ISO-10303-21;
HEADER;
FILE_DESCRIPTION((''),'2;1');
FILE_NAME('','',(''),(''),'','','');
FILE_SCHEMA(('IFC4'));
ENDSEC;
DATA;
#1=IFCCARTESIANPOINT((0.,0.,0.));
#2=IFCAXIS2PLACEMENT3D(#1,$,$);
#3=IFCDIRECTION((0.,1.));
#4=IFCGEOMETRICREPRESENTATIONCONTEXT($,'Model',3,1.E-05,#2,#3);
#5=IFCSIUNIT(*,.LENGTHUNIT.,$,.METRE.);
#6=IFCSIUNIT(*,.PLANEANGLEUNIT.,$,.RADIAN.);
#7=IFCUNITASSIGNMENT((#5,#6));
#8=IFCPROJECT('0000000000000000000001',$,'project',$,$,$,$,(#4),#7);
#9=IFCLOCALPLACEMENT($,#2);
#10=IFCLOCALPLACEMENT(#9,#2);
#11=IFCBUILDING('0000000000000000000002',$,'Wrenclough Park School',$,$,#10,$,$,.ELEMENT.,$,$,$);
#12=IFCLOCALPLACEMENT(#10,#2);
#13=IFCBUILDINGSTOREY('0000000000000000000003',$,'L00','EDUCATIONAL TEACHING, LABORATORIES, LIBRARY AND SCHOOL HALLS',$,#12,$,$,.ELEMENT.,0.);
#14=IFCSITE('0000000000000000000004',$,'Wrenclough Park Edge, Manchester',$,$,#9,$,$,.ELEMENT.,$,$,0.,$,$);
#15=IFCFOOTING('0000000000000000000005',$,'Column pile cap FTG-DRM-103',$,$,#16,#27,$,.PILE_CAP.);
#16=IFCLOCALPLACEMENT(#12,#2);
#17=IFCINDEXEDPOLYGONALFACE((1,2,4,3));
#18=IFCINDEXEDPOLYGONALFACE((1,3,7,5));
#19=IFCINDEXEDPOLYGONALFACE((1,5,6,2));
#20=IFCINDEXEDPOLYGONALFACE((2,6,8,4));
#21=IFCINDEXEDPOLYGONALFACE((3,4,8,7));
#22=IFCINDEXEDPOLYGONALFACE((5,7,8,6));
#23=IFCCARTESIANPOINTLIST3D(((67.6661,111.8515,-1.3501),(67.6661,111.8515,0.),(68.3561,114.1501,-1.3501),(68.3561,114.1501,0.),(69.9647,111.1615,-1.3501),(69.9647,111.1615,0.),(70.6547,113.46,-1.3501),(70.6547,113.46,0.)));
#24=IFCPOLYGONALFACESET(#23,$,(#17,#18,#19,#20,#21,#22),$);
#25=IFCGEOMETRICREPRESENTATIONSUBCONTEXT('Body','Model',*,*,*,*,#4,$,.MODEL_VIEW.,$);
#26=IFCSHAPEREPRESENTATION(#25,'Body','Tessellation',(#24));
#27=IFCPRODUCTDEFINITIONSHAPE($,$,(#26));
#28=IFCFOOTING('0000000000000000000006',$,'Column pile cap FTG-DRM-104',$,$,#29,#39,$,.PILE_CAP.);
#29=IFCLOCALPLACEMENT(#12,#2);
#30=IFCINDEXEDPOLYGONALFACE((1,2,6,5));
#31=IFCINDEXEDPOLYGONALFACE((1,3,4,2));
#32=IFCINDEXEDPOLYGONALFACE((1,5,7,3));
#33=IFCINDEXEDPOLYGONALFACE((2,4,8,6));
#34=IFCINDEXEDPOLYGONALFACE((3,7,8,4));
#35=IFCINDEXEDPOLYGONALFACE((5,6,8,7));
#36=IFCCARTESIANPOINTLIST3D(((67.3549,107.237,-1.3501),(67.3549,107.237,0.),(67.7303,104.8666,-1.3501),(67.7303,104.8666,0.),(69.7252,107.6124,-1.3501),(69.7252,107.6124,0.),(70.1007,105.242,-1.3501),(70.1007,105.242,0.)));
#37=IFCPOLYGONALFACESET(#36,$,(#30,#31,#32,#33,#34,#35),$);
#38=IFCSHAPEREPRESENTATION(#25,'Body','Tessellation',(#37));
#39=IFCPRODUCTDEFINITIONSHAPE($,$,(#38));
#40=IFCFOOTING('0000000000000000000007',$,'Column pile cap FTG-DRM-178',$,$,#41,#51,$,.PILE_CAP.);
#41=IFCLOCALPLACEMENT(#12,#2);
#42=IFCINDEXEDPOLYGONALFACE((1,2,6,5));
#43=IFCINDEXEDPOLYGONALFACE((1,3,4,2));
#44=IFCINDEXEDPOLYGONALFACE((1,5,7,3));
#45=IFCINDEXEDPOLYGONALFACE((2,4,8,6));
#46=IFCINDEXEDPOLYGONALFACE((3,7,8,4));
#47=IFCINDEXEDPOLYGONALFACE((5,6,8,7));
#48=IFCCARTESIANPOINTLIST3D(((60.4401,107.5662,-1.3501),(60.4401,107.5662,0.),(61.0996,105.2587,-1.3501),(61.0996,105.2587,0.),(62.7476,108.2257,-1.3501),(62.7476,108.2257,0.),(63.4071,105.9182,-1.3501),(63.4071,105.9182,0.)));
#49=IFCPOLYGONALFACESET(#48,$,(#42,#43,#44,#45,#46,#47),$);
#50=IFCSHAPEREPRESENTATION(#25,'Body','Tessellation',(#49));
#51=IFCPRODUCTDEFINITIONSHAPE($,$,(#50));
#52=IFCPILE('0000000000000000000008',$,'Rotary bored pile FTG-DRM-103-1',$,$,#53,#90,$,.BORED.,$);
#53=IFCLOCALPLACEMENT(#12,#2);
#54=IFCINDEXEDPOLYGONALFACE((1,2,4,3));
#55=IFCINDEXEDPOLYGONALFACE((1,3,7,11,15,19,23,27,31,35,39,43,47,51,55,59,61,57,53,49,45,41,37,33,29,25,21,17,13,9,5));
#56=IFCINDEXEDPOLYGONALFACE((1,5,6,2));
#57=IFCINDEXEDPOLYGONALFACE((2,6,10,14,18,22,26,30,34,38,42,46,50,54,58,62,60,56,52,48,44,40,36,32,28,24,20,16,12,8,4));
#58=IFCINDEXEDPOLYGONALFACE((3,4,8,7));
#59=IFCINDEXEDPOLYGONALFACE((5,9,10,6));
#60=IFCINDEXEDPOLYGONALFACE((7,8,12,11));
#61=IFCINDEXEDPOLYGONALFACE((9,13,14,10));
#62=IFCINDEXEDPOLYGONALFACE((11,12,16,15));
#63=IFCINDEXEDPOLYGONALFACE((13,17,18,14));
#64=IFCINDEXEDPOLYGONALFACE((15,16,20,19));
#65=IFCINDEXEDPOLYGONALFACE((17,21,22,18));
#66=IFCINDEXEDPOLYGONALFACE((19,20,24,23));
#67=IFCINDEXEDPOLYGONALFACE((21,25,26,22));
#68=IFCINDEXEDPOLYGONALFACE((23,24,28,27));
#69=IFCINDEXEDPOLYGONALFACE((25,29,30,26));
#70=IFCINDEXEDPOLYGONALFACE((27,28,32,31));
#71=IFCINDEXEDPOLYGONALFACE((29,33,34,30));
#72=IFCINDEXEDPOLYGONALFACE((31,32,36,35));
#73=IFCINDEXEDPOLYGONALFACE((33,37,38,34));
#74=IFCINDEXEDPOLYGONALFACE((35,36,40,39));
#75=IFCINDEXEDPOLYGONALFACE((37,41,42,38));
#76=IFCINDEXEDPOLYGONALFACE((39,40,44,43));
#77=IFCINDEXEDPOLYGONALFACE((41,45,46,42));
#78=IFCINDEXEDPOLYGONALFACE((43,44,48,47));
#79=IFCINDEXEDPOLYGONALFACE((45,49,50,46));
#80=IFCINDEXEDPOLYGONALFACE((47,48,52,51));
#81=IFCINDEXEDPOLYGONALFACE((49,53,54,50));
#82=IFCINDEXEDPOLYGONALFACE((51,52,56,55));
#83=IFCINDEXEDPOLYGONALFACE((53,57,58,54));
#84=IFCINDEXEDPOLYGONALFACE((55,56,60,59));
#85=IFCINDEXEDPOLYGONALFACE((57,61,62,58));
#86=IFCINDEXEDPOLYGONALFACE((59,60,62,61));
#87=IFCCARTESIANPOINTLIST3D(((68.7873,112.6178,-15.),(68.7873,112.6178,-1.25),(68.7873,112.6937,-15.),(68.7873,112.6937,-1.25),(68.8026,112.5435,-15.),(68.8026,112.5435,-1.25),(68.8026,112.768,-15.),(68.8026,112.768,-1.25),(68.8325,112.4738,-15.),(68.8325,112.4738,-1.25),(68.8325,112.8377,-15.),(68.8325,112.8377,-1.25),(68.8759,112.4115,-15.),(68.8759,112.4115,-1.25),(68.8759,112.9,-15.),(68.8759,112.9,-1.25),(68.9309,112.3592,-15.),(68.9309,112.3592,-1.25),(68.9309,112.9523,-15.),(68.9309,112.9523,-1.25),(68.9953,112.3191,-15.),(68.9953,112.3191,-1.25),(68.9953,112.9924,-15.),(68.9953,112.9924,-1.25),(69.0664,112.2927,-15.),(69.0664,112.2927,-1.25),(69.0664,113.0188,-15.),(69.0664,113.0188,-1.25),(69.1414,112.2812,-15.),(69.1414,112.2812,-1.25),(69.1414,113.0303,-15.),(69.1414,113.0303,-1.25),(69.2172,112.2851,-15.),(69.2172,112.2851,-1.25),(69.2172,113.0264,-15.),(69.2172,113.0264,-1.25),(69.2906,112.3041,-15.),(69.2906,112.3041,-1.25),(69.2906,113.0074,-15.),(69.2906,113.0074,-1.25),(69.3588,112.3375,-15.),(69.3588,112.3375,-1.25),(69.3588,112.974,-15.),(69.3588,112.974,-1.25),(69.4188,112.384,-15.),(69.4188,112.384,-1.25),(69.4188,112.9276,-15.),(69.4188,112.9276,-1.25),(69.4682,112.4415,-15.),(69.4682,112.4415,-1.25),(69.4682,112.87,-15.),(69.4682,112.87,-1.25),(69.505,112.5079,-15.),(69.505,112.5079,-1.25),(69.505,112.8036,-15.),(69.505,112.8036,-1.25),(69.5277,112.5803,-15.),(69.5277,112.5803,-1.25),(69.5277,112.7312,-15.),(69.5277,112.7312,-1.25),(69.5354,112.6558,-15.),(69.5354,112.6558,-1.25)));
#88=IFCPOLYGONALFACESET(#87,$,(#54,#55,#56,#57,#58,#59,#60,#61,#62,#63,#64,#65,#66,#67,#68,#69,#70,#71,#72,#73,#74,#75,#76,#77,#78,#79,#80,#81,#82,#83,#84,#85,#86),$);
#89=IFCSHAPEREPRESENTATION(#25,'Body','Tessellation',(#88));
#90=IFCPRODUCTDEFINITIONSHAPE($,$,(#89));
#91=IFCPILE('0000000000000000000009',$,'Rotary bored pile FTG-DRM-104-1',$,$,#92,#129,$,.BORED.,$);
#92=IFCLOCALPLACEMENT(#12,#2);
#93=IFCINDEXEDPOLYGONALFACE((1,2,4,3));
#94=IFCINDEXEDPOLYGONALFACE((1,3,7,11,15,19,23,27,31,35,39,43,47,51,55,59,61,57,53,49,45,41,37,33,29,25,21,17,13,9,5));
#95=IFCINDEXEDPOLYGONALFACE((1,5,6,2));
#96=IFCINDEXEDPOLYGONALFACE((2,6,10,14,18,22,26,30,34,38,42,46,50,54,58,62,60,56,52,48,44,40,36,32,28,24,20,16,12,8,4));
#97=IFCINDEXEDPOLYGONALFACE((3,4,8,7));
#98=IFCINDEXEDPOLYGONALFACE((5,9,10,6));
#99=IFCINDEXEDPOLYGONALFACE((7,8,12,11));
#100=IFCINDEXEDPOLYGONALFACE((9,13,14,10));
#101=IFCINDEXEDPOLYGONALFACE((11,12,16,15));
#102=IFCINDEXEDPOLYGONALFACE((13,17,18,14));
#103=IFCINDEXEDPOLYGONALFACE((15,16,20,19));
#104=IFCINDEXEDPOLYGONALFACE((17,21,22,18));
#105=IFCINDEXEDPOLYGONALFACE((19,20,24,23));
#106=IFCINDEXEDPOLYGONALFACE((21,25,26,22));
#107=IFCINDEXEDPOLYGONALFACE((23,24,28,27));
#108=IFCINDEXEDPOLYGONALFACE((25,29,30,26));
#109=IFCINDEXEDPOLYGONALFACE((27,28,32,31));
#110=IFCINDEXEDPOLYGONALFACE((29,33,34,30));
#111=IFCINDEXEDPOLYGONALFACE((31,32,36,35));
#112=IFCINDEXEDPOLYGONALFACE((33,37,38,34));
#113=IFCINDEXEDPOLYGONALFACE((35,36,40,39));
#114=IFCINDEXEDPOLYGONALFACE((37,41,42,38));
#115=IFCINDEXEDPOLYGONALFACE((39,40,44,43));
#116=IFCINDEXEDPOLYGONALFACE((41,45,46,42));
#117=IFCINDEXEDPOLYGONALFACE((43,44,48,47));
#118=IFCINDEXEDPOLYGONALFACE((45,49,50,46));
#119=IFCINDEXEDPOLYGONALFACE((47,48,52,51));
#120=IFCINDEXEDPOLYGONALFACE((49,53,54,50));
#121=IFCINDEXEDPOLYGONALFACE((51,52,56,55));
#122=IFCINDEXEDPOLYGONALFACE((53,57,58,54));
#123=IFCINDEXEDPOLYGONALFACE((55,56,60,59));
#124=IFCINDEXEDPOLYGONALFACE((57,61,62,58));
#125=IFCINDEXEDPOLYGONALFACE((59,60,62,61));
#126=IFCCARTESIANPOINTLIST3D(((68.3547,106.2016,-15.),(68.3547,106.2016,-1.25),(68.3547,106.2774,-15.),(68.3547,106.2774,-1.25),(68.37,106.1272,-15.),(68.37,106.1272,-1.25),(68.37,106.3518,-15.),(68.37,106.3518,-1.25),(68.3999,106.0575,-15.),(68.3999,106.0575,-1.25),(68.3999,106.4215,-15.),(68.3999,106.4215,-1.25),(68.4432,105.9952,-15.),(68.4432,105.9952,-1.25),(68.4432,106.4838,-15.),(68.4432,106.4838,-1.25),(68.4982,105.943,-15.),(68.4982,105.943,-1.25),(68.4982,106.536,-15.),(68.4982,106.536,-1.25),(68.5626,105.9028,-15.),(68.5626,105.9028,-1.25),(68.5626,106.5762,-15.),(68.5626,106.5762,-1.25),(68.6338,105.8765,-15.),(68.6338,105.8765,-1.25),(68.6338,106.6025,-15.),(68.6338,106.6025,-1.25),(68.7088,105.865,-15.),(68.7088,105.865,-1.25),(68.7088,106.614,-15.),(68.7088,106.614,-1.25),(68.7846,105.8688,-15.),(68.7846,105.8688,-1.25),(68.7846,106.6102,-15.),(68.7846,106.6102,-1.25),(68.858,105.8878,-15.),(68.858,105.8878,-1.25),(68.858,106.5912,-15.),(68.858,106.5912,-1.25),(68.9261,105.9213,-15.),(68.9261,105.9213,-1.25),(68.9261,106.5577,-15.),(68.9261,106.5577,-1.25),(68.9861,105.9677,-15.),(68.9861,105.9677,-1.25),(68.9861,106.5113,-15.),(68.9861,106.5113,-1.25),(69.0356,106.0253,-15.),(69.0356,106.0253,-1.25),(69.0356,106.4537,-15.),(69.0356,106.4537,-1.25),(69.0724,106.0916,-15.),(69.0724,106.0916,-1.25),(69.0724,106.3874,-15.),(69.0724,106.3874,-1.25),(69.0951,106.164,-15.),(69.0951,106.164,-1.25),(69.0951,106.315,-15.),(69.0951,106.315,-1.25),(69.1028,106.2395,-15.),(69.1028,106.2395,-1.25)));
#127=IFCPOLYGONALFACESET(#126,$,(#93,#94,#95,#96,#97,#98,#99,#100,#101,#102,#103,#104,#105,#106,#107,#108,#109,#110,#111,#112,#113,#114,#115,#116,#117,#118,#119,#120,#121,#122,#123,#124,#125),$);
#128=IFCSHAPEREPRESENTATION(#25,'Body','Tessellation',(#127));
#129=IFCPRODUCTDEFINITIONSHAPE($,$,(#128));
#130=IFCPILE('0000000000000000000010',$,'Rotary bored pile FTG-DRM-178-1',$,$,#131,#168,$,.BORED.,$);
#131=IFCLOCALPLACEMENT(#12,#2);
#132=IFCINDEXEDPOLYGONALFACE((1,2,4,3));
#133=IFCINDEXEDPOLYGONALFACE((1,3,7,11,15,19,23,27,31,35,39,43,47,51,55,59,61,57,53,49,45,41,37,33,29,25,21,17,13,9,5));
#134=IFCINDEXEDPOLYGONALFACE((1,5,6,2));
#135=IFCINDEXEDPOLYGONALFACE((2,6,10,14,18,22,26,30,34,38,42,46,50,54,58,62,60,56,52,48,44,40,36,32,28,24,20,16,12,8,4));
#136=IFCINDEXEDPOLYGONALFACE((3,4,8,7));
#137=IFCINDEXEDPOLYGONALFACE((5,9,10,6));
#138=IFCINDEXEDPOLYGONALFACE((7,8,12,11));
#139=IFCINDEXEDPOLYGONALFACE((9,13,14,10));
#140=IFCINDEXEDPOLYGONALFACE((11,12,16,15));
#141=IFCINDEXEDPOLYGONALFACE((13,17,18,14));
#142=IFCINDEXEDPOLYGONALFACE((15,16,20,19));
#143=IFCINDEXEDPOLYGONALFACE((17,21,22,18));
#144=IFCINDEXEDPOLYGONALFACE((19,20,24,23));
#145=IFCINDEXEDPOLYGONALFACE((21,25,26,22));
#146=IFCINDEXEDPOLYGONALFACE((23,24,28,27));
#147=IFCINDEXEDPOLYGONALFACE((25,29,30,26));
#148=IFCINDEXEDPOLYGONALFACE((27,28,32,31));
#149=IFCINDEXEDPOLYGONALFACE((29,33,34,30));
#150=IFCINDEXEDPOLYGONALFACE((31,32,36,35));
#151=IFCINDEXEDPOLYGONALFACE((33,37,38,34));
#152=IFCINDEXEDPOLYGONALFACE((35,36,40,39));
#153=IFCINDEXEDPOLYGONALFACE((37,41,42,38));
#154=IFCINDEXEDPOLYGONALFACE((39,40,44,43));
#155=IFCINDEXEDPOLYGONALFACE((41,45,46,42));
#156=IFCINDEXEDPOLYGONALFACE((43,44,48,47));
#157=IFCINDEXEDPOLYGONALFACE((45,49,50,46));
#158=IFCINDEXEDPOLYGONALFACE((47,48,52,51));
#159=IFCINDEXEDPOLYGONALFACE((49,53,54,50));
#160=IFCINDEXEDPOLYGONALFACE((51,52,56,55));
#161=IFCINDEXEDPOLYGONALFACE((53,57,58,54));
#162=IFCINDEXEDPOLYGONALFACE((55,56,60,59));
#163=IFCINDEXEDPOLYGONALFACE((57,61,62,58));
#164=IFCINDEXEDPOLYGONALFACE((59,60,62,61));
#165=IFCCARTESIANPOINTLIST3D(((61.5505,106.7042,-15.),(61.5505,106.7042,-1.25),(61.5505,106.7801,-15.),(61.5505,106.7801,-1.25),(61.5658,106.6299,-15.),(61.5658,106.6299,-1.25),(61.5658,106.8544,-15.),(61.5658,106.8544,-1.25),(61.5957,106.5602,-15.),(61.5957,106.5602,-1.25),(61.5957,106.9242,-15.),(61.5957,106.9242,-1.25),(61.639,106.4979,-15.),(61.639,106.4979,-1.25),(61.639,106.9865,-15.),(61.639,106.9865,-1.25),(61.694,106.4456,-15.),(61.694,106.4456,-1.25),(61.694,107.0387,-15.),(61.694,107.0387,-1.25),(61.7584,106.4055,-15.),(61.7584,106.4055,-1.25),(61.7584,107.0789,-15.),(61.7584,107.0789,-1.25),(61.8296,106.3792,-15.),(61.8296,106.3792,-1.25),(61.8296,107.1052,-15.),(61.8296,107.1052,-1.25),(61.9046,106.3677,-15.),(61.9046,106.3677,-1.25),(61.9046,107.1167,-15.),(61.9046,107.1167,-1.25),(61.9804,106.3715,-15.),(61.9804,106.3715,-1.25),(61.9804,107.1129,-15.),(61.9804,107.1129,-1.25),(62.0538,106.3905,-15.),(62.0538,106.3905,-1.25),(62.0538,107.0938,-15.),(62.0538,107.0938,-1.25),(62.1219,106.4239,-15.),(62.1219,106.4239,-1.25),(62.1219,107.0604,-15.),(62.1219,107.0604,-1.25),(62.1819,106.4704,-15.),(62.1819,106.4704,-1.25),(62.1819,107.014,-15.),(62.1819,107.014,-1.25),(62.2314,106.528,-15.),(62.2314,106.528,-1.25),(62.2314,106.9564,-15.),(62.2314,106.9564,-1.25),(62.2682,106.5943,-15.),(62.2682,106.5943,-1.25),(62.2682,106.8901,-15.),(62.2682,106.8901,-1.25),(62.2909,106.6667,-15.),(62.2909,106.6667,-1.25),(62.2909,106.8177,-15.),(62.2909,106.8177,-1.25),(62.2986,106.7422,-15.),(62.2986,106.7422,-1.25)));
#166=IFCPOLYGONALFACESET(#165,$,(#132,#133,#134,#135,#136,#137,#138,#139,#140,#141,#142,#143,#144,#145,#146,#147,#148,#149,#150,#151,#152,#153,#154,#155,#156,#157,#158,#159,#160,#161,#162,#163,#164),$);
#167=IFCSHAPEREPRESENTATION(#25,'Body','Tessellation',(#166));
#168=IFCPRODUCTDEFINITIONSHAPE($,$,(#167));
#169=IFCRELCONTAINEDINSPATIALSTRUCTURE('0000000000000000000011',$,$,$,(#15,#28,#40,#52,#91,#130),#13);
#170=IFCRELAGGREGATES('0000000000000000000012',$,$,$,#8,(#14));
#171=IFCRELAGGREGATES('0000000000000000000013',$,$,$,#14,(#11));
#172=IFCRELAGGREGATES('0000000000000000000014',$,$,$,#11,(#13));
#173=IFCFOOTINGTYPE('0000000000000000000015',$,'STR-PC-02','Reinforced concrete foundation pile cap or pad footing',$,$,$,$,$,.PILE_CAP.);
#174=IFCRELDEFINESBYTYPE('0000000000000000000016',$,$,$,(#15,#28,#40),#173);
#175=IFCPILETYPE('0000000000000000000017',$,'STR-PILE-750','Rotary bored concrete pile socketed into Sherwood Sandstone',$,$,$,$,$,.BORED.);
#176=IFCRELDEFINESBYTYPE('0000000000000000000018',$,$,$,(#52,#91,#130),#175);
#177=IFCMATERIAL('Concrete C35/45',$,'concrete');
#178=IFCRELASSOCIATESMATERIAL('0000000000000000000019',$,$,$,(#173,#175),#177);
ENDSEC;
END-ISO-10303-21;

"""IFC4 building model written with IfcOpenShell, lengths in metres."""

from ifc_helpers import new_model, si_unit, direction, frame, origin, origin_2d, place, context, subcontext, project, spatial, rectangle, circle, extrude, material, material_profile, profile_set, type_object, element, save


model = new_model("IFC4")

# Units and contexts
model_context = context("Model", 3, precision=1e-05, world=origin(), true_north=direction((0.0, 1.0)))
body_context = subcontext(model_context, "Body", "Model", "MODEL_VIEW")
ifc_project = project(units=[si_unit("LENGTHUNIT", "METRE"), si_unit("PLANEANGLEUNIT", "RADIAN")], contexts=[model_context])

# Site, building, storey
site_placement = place(None, origin())
site = spatial("IfcSite", under=ifc_project, at=site_placement, Name="Wrenclough Park Edge, Manchester", CompositionType="ELEMENT", RefElevation=0.0)
building_placement = place(site_placement, origin())
building = spatial("IfcBuilding", under=site, at=building_placement, Name="Wrenclough Park School", CompositionType="ELEMENT")
storey_placement = place(building_placement, origin())
storey = spatial("IfcBuildingStorey", under=building, at=storey_placement, Name="L00", Description="EDUCATIONAL TEACHING, LABORATORIES, LIBRARY AND SCHOOL HALLS", CompositionType="ELEMENT", Elevation=0.0)

# Footings
ifc_material_1 = material(Name="Concrete C35/45", Category="concrete")
footing_type = type_object("IfcFootingType", Name="STR-PC-02", Description="Reinforced concrete foundation pile cap or pad footing", PredefinedType="PILE_CAP", material=ifc_material_1)
for number, where, z_axis, x_axis, name in (
    (1, (69.1604, 112.6558, -1.3501), (0.0, 0.0, 1.0), (-0.287528, -0.957772, 0.0), "Column pile cap FTG-DRM-103"),
    (2, (68.7278, 106.2395, -1.3501), (0.0, 0.0, 1.0), (0.156434, -0.987688, 0.0), "Column pile cap FTG-DRM-104"),
    (3, (61.9236, 106.7422, -1.3501), (0.0, 0.0, 1.0), (0.961502, 0.274798, 0.0), "Column pile cap FTG-DRM-178"),
):
    element("IfcFooting", number, at=place(storey_placement, frame(where, z_axis=z_axis, x_axis=x_axis)), inside=storey, type_object=footing_type, Name=name, PredefinedType="PILE_CAP", context=body_context, shape_type="SweptSolid", body=[
        extrude(rectangle(XDim=2.3999, YDim=2.3999, at=origin_2d()), origin(), (0.0, 0.0, 1.0), 1.3501),
    ])

# Piles
ifc_material_profile_1 = material_profile(ifc_material_1, circle(Radius=0.375, at=origin_2d()), Name="BORED PILE D750")
ifc_profile_set_1 = profile_set([ifc_material_profile_1], Name="Concrete C35/45")
pile_type = type_object("IfcPileType", Name="STR-PILE-750", Description="Rotary bored concrete pile socketed into Sherwood Sandstone", PredefinedType="BORED", material=ifc_profile_set_1)
for number, where, z_axis, x_axis, name in (
    (4, (69.1604, 112.6558, -1.25), (0.0, 0.0, -1.0), (1.0, 0.0, 0.0), "Rotary bored pile FTG-DRM-103-1"),
    (5, (68.7278, 106.2395, -1.25), (0.0, 0.0, -1.0), (1.0, 0.0, 0.0), "Rotary bored pile FTG-DRM-104-1"),
    (6, (61.9236, 106.7422, -1.25), (0.0, 0.0, -1.0), (1.0, 0.0, 0.0), "Rotary bored pile FTG-DRM-178-1"),
):
    element("IfcPile", number, at=place(storey_placement, frame(where, z_axis=z_axis, x_axis=x_axis)), inside=storey, type_object=pile_type, Name=name, PredefinedType="BORED", context=body_context, shape_type="SweptSolid", body=[
        extrude(circle(Radius=0.375, at=origin_2d()), origin(), (0.0, 0.0, 1.0), 13.75),
    ])

save(model, "model.ifc")
